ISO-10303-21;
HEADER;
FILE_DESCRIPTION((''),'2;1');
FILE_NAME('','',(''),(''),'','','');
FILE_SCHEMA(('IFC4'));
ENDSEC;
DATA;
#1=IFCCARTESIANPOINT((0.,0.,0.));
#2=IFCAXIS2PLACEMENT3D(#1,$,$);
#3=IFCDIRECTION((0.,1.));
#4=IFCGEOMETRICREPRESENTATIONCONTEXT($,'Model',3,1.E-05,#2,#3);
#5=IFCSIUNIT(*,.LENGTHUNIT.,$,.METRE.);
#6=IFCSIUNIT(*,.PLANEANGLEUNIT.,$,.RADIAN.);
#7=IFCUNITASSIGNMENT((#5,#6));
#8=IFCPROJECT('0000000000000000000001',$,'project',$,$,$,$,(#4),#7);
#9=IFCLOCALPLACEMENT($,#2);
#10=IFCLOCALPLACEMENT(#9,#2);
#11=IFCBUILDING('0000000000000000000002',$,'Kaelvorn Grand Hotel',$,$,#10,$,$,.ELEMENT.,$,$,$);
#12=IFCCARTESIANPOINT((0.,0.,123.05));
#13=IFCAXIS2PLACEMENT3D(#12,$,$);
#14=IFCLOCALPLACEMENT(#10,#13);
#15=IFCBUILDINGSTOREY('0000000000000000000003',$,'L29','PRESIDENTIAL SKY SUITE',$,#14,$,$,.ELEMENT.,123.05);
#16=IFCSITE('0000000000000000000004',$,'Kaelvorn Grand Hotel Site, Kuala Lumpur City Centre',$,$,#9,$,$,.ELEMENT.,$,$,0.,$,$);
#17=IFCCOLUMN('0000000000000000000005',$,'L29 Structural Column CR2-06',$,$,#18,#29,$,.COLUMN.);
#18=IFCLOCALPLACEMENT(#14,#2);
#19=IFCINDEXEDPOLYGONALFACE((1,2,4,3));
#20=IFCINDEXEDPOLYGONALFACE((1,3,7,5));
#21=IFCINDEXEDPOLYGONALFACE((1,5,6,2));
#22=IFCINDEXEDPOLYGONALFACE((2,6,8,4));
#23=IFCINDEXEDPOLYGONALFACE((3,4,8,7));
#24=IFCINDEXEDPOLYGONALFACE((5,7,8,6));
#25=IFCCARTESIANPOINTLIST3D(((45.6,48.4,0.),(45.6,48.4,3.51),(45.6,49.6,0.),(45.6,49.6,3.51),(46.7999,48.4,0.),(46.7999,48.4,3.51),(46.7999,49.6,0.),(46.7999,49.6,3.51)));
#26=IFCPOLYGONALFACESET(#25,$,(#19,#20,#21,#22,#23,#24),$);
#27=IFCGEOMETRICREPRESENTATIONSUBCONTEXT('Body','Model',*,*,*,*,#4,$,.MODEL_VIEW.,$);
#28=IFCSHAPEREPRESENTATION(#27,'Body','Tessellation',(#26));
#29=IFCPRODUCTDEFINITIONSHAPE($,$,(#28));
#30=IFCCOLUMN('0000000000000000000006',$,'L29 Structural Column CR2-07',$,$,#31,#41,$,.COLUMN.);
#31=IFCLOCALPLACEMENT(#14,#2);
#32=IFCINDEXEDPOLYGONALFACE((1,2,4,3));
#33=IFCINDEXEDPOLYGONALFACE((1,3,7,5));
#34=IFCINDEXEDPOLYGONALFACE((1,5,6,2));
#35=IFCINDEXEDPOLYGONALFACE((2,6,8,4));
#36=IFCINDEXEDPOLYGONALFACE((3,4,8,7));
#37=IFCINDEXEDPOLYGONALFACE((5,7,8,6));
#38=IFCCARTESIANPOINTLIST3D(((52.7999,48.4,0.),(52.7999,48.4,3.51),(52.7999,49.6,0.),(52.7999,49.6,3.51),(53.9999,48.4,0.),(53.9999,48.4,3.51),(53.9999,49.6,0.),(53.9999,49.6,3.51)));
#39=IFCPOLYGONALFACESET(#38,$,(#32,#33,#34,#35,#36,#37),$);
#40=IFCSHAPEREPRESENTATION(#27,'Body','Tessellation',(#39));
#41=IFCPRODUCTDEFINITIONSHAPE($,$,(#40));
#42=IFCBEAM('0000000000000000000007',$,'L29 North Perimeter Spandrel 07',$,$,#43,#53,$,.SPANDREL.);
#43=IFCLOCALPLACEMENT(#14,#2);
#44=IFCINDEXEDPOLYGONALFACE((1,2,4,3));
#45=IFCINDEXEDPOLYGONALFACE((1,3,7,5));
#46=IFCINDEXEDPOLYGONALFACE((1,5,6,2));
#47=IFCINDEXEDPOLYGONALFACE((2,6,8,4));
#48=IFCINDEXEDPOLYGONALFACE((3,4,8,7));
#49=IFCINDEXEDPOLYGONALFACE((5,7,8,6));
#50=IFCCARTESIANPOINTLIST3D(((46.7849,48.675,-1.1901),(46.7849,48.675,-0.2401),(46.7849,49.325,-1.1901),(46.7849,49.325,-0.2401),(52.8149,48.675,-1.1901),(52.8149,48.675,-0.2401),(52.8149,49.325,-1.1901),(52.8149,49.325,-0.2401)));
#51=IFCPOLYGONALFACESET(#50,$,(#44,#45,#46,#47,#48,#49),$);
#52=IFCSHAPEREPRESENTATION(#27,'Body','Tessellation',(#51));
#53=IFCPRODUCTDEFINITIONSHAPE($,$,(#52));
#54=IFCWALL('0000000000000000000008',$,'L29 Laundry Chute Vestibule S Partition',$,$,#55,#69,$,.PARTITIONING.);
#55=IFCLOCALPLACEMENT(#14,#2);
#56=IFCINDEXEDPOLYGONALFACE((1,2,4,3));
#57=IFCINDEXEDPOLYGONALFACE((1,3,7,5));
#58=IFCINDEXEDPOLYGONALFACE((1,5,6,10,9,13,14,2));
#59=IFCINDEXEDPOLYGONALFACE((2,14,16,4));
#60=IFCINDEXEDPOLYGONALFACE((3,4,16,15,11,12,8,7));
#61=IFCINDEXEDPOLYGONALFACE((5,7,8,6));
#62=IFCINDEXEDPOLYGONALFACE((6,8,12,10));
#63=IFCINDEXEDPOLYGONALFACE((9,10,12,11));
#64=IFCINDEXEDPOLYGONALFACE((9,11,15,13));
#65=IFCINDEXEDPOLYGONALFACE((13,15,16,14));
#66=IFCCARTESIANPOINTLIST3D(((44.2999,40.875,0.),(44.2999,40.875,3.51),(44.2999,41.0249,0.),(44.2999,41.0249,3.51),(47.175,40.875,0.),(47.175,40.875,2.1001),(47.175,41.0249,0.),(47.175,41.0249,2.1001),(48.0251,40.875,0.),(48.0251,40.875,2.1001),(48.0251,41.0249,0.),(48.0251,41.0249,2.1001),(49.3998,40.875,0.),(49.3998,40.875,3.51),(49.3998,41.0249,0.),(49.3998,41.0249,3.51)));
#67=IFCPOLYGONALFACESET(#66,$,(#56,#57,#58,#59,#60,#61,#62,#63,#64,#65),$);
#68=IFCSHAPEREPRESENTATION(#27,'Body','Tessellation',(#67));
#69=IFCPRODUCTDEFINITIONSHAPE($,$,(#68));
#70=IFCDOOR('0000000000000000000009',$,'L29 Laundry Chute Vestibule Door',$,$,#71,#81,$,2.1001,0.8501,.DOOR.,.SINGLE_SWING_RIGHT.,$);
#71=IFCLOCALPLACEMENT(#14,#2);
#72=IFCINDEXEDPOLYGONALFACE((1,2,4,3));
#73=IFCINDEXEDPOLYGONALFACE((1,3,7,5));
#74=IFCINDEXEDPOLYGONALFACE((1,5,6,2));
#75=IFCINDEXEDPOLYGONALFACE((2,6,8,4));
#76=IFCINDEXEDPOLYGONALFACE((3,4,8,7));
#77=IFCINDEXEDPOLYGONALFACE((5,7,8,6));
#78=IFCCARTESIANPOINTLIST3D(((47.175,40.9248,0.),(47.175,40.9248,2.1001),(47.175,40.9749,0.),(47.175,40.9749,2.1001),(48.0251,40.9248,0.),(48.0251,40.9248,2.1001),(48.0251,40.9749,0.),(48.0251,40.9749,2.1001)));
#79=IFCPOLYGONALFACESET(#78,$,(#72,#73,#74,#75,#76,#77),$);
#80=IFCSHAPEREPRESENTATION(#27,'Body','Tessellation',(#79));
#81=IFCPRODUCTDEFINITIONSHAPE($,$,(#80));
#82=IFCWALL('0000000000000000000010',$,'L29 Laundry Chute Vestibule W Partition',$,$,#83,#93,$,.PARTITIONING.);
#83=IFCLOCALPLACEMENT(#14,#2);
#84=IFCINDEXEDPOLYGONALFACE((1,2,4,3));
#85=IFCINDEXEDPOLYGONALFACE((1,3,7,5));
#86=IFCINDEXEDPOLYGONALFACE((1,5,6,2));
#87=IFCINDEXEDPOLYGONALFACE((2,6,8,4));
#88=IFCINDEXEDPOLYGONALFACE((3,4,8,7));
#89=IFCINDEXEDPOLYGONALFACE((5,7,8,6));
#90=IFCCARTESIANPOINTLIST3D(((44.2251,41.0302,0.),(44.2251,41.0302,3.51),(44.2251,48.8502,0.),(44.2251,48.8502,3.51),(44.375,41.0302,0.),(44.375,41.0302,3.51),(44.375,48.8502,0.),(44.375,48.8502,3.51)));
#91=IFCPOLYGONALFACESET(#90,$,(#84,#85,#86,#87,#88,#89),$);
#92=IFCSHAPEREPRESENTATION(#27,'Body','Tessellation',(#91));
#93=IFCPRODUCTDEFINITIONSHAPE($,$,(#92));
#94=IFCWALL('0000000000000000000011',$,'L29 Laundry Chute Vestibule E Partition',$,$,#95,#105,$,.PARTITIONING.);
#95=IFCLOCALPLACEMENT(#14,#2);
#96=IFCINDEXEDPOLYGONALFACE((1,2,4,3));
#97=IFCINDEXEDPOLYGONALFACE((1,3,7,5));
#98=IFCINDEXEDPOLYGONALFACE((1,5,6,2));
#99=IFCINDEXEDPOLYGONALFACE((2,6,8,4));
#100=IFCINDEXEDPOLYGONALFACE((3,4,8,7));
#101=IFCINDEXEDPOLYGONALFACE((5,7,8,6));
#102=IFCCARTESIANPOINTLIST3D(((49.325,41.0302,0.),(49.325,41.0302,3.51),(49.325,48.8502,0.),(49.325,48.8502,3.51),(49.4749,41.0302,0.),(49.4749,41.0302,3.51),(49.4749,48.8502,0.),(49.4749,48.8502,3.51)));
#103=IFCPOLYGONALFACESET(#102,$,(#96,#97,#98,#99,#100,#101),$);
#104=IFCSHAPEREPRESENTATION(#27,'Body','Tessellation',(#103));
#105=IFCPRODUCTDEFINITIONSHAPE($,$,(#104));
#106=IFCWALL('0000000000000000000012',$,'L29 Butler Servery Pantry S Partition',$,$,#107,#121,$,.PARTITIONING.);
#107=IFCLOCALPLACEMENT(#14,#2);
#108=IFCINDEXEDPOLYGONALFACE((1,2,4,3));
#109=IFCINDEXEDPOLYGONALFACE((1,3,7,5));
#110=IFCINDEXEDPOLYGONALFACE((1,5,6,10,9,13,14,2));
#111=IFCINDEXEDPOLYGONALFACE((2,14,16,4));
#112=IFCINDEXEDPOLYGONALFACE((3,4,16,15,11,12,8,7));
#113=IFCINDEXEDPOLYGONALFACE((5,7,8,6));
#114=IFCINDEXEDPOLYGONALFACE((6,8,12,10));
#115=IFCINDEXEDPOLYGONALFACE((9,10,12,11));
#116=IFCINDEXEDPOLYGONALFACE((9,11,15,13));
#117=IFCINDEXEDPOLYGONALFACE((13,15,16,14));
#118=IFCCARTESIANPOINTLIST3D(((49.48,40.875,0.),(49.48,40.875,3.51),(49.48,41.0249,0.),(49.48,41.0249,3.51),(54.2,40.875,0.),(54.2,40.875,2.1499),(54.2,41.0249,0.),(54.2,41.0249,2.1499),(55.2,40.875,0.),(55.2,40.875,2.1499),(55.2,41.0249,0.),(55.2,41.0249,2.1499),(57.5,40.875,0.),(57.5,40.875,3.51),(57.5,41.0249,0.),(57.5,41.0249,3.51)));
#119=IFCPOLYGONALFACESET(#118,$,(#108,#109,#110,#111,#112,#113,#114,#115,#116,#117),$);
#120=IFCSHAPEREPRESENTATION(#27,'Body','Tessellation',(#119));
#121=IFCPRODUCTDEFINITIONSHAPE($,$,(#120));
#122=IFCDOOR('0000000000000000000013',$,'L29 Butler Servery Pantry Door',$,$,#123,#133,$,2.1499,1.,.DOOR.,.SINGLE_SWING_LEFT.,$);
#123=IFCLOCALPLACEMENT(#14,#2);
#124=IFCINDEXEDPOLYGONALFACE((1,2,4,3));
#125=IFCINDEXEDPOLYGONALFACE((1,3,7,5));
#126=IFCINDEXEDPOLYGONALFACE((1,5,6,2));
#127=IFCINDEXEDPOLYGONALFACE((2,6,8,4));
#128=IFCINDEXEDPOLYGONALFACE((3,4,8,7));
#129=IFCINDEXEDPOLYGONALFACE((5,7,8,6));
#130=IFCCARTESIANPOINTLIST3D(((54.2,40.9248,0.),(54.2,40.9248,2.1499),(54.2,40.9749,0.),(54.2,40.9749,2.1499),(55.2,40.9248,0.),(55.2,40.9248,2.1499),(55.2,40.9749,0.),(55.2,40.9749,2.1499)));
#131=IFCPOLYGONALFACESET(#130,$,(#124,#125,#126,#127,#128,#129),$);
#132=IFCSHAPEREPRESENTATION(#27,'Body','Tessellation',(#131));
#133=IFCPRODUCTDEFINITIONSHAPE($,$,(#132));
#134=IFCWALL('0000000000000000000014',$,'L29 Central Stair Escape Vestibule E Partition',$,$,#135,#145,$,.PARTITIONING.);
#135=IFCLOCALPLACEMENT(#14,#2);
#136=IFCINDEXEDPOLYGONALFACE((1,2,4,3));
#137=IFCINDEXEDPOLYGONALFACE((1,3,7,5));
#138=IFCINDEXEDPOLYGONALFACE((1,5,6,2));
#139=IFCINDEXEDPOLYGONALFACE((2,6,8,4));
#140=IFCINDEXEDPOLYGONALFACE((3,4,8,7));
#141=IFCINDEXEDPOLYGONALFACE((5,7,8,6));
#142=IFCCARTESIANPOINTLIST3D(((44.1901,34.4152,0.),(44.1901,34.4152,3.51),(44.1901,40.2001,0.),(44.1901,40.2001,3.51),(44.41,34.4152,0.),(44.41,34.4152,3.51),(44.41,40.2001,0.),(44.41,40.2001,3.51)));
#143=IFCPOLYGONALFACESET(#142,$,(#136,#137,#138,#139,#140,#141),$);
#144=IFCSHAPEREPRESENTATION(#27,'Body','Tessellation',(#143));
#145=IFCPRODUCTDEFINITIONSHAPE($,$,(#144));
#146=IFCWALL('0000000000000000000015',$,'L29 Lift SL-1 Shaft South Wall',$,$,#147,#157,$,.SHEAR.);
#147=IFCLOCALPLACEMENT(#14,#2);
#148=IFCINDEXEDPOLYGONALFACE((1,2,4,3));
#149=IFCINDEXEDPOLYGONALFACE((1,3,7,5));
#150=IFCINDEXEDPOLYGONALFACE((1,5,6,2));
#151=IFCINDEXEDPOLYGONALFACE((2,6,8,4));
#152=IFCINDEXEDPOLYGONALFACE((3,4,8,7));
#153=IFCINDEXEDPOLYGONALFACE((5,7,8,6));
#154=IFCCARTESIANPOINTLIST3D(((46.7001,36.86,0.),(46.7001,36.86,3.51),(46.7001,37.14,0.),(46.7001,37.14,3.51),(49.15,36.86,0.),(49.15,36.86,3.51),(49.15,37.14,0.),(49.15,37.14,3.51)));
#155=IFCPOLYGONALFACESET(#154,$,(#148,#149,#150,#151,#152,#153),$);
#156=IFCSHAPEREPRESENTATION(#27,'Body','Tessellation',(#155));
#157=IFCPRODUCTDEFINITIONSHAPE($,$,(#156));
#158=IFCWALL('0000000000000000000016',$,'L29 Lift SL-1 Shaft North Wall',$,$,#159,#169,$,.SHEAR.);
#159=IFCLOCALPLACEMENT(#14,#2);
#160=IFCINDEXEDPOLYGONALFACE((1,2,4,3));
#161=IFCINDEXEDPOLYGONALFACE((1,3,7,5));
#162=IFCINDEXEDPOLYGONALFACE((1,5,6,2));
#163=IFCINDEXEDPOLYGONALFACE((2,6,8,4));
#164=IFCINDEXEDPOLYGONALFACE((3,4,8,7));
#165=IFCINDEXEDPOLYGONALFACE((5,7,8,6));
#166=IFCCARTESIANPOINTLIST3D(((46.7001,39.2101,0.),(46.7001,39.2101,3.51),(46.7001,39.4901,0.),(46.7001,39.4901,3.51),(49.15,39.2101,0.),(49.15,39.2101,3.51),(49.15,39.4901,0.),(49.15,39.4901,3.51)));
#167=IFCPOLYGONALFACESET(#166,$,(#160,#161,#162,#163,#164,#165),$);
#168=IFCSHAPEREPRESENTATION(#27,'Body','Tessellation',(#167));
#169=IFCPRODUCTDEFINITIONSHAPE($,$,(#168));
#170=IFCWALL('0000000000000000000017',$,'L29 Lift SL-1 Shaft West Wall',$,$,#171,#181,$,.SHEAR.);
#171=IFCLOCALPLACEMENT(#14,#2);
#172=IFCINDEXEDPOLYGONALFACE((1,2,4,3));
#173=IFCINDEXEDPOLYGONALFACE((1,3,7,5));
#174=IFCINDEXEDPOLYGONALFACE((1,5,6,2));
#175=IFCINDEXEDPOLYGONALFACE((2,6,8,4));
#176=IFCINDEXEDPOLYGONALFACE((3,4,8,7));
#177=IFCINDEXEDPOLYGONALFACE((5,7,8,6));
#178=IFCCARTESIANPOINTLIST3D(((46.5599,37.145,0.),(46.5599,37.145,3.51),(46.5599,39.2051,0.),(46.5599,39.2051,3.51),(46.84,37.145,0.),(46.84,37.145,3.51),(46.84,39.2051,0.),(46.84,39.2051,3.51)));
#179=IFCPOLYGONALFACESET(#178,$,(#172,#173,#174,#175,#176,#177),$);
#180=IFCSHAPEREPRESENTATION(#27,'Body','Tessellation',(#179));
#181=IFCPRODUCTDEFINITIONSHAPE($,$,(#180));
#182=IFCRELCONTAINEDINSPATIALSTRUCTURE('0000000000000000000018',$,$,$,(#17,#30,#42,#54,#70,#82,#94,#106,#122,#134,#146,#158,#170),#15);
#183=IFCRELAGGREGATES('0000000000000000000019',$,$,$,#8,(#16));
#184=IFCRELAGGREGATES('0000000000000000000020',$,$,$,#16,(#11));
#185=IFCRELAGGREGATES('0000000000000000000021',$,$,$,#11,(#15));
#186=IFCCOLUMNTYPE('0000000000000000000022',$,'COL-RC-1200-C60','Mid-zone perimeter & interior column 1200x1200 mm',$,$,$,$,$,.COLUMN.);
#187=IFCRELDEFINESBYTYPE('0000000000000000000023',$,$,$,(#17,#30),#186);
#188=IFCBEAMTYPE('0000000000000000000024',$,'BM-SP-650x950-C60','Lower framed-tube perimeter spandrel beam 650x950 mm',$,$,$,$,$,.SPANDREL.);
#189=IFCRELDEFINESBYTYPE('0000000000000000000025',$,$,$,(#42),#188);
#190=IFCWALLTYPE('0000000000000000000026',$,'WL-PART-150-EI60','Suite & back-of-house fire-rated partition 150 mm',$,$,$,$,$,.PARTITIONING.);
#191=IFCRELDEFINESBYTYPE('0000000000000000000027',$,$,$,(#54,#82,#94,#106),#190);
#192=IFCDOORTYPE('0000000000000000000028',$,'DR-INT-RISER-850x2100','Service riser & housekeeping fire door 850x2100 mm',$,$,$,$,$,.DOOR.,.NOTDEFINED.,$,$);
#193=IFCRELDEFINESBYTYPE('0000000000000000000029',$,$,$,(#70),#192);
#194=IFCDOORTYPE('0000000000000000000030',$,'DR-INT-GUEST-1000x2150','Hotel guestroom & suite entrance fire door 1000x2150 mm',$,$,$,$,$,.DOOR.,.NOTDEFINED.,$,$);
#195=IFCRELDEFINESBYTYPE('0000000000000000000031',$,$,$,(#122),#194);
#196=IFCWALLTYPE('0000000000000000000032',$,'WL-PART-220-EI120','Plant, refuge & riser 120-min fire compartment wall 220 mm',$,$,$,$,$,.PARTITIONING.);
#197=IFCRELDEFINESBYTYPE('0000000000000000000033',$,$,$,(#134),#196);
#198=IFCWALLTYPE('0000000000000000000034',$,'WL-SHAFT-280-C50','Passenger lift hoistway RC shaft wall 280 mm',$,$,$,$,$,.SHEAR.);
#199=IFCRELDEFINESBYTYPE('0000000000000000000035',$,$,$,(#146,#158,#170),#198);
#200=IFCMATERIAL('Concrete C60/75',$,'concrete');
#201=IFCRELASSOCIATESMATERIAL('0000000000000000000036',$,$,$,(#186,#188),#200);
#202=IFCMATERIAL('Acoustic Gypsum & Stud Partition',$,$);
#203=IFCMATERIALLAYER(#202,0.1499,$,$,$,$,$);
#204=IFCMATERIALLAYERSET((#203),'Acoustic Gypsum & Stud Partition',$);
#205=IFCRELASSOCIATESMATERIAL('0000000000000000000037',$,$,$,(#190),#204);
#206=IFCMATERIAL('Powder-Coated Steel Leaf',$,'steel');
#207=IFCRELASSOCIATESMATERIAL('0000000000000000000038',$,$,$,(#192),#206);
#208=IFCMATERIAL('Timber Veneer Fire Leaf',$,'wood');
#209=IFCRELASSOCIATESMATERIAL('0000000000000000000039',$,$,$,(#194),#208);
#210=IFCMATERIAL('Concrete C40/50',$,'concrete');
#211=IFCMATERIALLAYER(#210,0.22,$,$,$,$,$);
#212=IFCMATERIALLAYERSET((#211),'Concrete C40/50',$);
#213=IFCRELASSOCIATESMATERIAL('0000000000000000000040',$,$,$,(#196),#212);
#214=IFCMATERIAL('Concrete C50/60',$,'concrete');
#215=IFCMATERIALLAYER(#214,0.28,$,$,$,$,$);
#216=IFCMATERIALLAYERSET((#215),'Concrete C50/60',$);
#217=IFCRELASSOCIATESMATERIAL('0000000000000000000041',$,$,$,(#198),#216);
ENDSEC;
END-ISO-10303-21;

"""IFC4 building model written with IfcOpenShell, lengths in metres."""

from ifc_helpers import new_model, si_unit, direction, frame, frame_2d, origin, origin_2d, place, context, subcontext, project, spatial, rectangle, extrude, material, layer, layer_set, material_profile, profile_set, type_object, element, fill, save


model = new_model("IFC4")

# Units and contexts
model_context = context("Model", 3, precision=1e-05, world=origin(), true_north=direction((0.0, 1.0)))
body_context = subcontext(model_context, "Body", "Model", "MODEL_VIEW")
ifc_project = project(units=[si_unit("LENGTHUNIT", "METRE"), si_unit("PLANEANGLEUNIT", "RADIAN")], contexts=[model_context])

# Site, building, storey
site_placement = place(None, origin())
site = spatial("IfcSite", under=ifc_project, at=site_placement, Name="Kaelvorn Grand Hotel Site, Kuala Lumpur City Centre", CompositionType="ELEMENT", RefElevation=0.0)
building_placement = place(site_placement, origin())
building = spatial("IfcBuilding", under=site, at=building_placement, Name="Kaelvorn Grand Hotel", CompositionType="ELEMENT")
storey_placement = place(building_placement, frame((0.0, 0.0, 123.05)))
storey = spatial("IfcBuildingStorey", under=building, at=storey_placement, Name="L29", Description="PRESIDENTIAL SKY SUITE", CompositionType="ELEMENT", Elevation=123.05)

# Columns
ifc_material_1 = material(Name="Concrete C60/75", Category="concrete")
ifc_material_profile_1 = material_profile(ifc_material_1, rectangle(XDim=1.2, YDim=1.2, at=origin_2d()), Name="RC COL 1200x1200")
ifc_profile_set_1 = profile_set([ifc_material_profile_1], Name="Concrete C60/75")
column_type = type_object("IfcColumnType", Name="COL-RC-1200-C60", Description="Mid-zone perimeter & interior column 1200x1200 mm", PredefinedType="COLUMN", material=ifc_profile_set_1)
for number, where, z_axis, x_axis, name in (
    (1, (46.2, 49.0, 0.0), (0.0, 0.0, 1.0), (1.0, 0.0, 0.0), "L29 Structural Column CR2-06"),
    (2, (53.3999, 49.0, 0.0), (0.0, 0.0, 1.0), (1.0, 0.0, 0.0), "L29 Structural Column CR2-07"),
):
    element("IfcColumn", number, at=place(storey_placement, frame(where, z_axis=z_axis, x_axis=x_axis)), inside=storey, type_object=column_type, Name=name, PredefinedType="COLUMN", context=body_context, shape_type="SweptSolid", body=[
        extrude(rectangle(XDim=1.2, YDim=1.2, at=origin_2d()), origin(), (0.0, 0.0, 1.0), 3.51),
    ])

# Beam
ifc_material_profile_2 = material_profile(ifc_material_1, rectangle(XDim=0.6499, YDim=0.95, at=origin_2d()), Name="RC SPANDREL 650x950")
ifc_profile_set_2 = profile_set([ifc_material_profile_2], Name="Concrete C60/75")
beam_type = type_object("IfcBeamType", Name="BM-SP-650x950-C60", Description="Lower framed-tube perimeter spandrel beam 650x950 mm", PredefinedType="SPANDREL", material=ifc_profile_set_2)
beam_placement = place(storey_placement, frame((46.7849, 49.0, -0.7151), z_axis=(1.0, 0.0, 0.0), x_axis=(0.0, 1.0, 0.0)))
element("IfcBeam", 3, at=beam_placement, inside=storey, type_object=beam_type, Name="L29 North Perimeter Spandrel 07", PredefinedType="SPANDREL", context=body_context, shape_type="SweptSolid", body=[
    extrude(rectangle(XDim=0.6499, YDim=0.95, at=origin_2d()), origin(), (0.0, 0.0, 1.0), 6.03),
])

# Wall, opening, door
ifc_material_2 = material(Name="Acoustic Gypsum & Stud Partition")
ifc_layer_1 = layer(ifc_material_2, 0.1499)
ifc_layer_set_1 = layer_set([ifc_layer_1], Name="Acoustic Gypsum & Stud Partition")
wall_type_1 = type_object("IfcWallType", Name="WL-PART-150-EI60", Description="Suite & back-of-house fire-rated partition 150 mm", PredefinedType="PARTITIONING", material=ifc_layer_set_1)
wall_1_placement = place(storey_placement, frame((44.3, 40.95, 0.0), z_axis=(0.0, 0.0, 1.0), x_axis=(1.0, 0.0, 0.0)))
wall_1 = element("IfcWall", 4, at=wall_1_placement, inside=storey, type_object=wall_type_1, Name="L29 Laundry Chute Vestibule S Partition", PredefinedType="PARTITIONING", context=body_context, shape_type="SweptSolid", body=[
    extrude(rectangle(XDim=5.0999, YDim=0.1499, at=frame_2d((2.5498, 0.0))), origin(), (0.0, 0.0, 1.0), 3.51),
])
opening_1_placement = place(wall_1_placement, frame((2.875, 0.0, 0.0)))
opening_1 = element("IfcOpeningElement", 5, at=opening_1_placement, cuts=wall_1, PredefinedType="OPENING", context=body_context, shape_type="SweptSolid", body=[
    extrude(rectangle(XDim=0.8501, YDim=2.1001, at=frame_2d((0.425, 1.05))), frame((0.0, 0.085, 0.0), z_axis=(0.0, -1.0, 0.0), x_axis=(1.0, 0.0, 0.0)), (0.0, 0.0, 1.0), 0.1699),
])
ifc_material_3 = material(Name="Powder-Coated Steel Leaf", Category="steel")
door_type_1 = type_object("IfcDoorType", Name="DR-INT-RISER-850x2100", Description="Service riser & housekeeping fire door 850x2100 mm", OperationType="NOTDEFINED", PredefinedType="DOOR", material=ifc_material_3)
door_1_placement = place(opening_1_placement, origin())
door_1 = element("IfcDoor", 6, at=door_1_placement, inside=storey, type_object=door_type_1, Name="L29 Laundry Chute Vestibule Door", OperationType="SINGLE_SWING_RIGHT", OverallHeight=2.1001, OverallWidth=0.8501, PredefinedType="DOOR", context=body_context, shape_type="SweptSolid", body=[
    extrude(rectangle(XDim=0.8501, YDim=2.1001, at=frame_2d((0.425, 1.05))), frame((0.0, 0.0249, 0.0), z_axis=(0.0, -1.0, 0.0), x_axis=(1.0, 0.0, 0.0)), (0.0, 0.0, 1.0), 0.05),
])
fill(opening_1, door_1)

# Walls
for number, where, z_axis, x_axis, name in (
    (7, (44.3, 41.03, 0.0), (0.0, 0.0, 1.0), (0.0, 1.0, 0.0), "L29 Laundry Chute Vestibule W Partition"),
    (8, (49.3999, 41.03, 0.0), (0.0, 0.0, 1.0), (0.0, 1.0, 0.0), "L29 Laundry Chute Vestibule E Partition"),
):
    element("IfcWall", number, at=place(storey_placement, frame(where, z_axis=z_axis, x_axis=x_axis)), inside=storey, type_object=wall_type_1, Name=name, PredefinedType="PARTITIONING", context=body_context, shape_type="SweptSolid", body=[
        extrude(rectangle(XDim=7.8201, YDim=0.1499, at=frame_2d((3.9102, 0.0))), origin(), (0.0, 0.0, 1.0), 3.51),
    ])

# Wall, opening, door
wall_2_placement = place(storey_placement, frame((49.48, 40.95, 0.0), z_axis=(0.0, 0.0, 1.0), x_axis=(1.0, 0.0, 0.0)))
wall_2 = element("IfcWall", 9, at=wall_2_placement, inside=storey, type_object=wall_type_1, Name="L29 Butler Servery Pantry S Partition", PredefinedType="PARTITIONING", context=body_context, shape_type="SweptSolid", body=[
    extrude(rectangle(XDim=8.02, YDim=0.1499, at=frame_2d((4.01, 0.0))), origin(), (0.0, 0.0, 1.0), 3.51),
])
opening_2_placement = place(wall_2_placement, frame((4.72, 0.0, 0.0)))
opening_2 = element("IfcOpeningElement", 10, at=opening_2_placement, cuts=wall_2, PredefinedType="OPENING", context=body_context, shape_type="SweptSolid", body=[
    extrude(rectangle(XDim=1.0, YDim=2.1499, at=frame_2d((0.5, 1.075))), frame((0.0, 0.085, 0.0), z_axis=(0.0, -1.0, 0.0), x_axis=(1.0, 0.0, 0.0)), (0.0, 0.0, 1.0), 0.1699),
])
ifc_material_4 = material(Name="Timber Veneer Fire Leaf", Category="wood")
door_type_2 = type_object("IfcDoorType", Name="DR-INT-GUEST-1000x2150", Description="Hotel guestroom & suite entrance fire door 1000x2150 mm", OperationType="NOTDEFINED", PredefinedType="DOOR", material=ifc_material_4)
door_2_placement = place(opening_2_placement, origin())
door_2 = element("IfcDoor", 11, at=door_2_placement, inside=storey, type_object=door_type_2, Name="L29 Butler Servery Pantry Door", OperationType="SINGLE_SWING_LEFT", OverallHeight=2.1499, OverallWidth=1.0, PredefinedType="DOOR", context=body_context, shape_type="SweptSolid", body=[
    extrude(rectangle(XDim=1.0, YDim=2.1499, at=frame_2d((0.5, 1.075))), frame((0.0, 0.0249, 0.0), z_axis=(0.0, -1.0, 0.0), x_axis=(1.0, 0.0, 0.0)), (0.0, 0.0, 1.0), 0.05),
])
fill(opening_2, door_2)

# Walls
ifc_material_5 = material(Name="Concrete C40/50", Category="concrete")
ifc_layer_2 = layer(ifc_material_5, 0.22)
ifc_layer_set_2 = layer_set([ifc_layer_2], Name="Concrete C40/50")
wall_type_2 = type_object("IfcWallType", Name="WL-PART-220-EI120", Description="Plant, refuge & riser 120-min fire compartment wall 220 mm", PredefinedType="PARTITIONING", material=ifc_layer_set_2)
wall_3_placement = place(storey_placement, frame((44.3, 34.415, 0.0), z_axis=(0.0, 0.0, 1.0), x_axis=(0.0, 1.0, 0.0)))
element("IfcWall", 12, at=wall_3_placement, inside=storey, type_object=wall_type_2, Name="L29 Central Stair Escape Vestibule E Partition", PredefinedType="PARTITIONING", context=body_context, shape_type="SweptSolid", body=[
    extrude(rectangle(XDim=5.7849, YDim=0.22, at=frame_2d((2.8926, 0.0))), origin(), (0.0, 0.0, 1.0), 3.51),
])
ifc_material_6 = material(Name="Concrete C50/60", Category="concrete")
ifc_layer_3 = layer(ifc_material_6, 0.28)
ifc_layer_set_3 = layer_set([ifc_layer_3], Name="Concrete C50/60")
wall_type_3 = type_object("IfcWallType", Name="WL-SHAFT-280-C50", Description="Passenger lift hoistway RC shaft wall 280 mm", PredefinedType="SHEAR", material=ifc_layer_set_3)
for number, where, z_axis, x_axis, name in (
    (13, (46.7, 37.0, 0.0), (0.0, 0.0, 1.0), (1.0, 0.0, 0.0), "L29 Lift SL-1 Shaft South Wall"),
    (14, (46.7, 39.3501, 0.0), (0.0, 0.0, 1.0), (1.0, 0.0, 0.0), "L29 Lift SL-1 Shaft North Wall"),
):
    element("IfcWall", number, at=place(storey_placement, frame(where, z_axis=z_axis, x_axis=x_axis)), inside=storey, type_object=wall_type_3, Name=name, PredefinedType="SHEAR", context=body_context, shape_type="SweptSolid", body=[
        extrude(rectangle(XDim=2.45, YDim=0.28, at=frame_2d((1.2251, 0.0))), origin(), (0.0, 0.0, 1.0), 3.51),
    ])
for number, where, z_axis, x_axis, name in (
    (15, (46.7, 37.145, 0.0), (0.0, 0.0, 1.0), (0.0, 1.0, 0.0), "L29 Lift SL-1 Shaft West Wall"),
):
    element("IfcWall", number, at=place(storey_placement, frame(where, z_axis=z_axis, x_axis=x_axis)), inside=storey, type_object=wall_type_3, Name=name, PredefinedType="SHEAR", context=body_context, shape_type="SweptSolid", body=[
        extrude(rectangle(XDim=2.0601, YDim=0.28, at=frame_2d((1.03, 0.0))), origin(), (0.0, 0.0, 1.0), 3.51),
    ])

save(model, "model.ifc")
